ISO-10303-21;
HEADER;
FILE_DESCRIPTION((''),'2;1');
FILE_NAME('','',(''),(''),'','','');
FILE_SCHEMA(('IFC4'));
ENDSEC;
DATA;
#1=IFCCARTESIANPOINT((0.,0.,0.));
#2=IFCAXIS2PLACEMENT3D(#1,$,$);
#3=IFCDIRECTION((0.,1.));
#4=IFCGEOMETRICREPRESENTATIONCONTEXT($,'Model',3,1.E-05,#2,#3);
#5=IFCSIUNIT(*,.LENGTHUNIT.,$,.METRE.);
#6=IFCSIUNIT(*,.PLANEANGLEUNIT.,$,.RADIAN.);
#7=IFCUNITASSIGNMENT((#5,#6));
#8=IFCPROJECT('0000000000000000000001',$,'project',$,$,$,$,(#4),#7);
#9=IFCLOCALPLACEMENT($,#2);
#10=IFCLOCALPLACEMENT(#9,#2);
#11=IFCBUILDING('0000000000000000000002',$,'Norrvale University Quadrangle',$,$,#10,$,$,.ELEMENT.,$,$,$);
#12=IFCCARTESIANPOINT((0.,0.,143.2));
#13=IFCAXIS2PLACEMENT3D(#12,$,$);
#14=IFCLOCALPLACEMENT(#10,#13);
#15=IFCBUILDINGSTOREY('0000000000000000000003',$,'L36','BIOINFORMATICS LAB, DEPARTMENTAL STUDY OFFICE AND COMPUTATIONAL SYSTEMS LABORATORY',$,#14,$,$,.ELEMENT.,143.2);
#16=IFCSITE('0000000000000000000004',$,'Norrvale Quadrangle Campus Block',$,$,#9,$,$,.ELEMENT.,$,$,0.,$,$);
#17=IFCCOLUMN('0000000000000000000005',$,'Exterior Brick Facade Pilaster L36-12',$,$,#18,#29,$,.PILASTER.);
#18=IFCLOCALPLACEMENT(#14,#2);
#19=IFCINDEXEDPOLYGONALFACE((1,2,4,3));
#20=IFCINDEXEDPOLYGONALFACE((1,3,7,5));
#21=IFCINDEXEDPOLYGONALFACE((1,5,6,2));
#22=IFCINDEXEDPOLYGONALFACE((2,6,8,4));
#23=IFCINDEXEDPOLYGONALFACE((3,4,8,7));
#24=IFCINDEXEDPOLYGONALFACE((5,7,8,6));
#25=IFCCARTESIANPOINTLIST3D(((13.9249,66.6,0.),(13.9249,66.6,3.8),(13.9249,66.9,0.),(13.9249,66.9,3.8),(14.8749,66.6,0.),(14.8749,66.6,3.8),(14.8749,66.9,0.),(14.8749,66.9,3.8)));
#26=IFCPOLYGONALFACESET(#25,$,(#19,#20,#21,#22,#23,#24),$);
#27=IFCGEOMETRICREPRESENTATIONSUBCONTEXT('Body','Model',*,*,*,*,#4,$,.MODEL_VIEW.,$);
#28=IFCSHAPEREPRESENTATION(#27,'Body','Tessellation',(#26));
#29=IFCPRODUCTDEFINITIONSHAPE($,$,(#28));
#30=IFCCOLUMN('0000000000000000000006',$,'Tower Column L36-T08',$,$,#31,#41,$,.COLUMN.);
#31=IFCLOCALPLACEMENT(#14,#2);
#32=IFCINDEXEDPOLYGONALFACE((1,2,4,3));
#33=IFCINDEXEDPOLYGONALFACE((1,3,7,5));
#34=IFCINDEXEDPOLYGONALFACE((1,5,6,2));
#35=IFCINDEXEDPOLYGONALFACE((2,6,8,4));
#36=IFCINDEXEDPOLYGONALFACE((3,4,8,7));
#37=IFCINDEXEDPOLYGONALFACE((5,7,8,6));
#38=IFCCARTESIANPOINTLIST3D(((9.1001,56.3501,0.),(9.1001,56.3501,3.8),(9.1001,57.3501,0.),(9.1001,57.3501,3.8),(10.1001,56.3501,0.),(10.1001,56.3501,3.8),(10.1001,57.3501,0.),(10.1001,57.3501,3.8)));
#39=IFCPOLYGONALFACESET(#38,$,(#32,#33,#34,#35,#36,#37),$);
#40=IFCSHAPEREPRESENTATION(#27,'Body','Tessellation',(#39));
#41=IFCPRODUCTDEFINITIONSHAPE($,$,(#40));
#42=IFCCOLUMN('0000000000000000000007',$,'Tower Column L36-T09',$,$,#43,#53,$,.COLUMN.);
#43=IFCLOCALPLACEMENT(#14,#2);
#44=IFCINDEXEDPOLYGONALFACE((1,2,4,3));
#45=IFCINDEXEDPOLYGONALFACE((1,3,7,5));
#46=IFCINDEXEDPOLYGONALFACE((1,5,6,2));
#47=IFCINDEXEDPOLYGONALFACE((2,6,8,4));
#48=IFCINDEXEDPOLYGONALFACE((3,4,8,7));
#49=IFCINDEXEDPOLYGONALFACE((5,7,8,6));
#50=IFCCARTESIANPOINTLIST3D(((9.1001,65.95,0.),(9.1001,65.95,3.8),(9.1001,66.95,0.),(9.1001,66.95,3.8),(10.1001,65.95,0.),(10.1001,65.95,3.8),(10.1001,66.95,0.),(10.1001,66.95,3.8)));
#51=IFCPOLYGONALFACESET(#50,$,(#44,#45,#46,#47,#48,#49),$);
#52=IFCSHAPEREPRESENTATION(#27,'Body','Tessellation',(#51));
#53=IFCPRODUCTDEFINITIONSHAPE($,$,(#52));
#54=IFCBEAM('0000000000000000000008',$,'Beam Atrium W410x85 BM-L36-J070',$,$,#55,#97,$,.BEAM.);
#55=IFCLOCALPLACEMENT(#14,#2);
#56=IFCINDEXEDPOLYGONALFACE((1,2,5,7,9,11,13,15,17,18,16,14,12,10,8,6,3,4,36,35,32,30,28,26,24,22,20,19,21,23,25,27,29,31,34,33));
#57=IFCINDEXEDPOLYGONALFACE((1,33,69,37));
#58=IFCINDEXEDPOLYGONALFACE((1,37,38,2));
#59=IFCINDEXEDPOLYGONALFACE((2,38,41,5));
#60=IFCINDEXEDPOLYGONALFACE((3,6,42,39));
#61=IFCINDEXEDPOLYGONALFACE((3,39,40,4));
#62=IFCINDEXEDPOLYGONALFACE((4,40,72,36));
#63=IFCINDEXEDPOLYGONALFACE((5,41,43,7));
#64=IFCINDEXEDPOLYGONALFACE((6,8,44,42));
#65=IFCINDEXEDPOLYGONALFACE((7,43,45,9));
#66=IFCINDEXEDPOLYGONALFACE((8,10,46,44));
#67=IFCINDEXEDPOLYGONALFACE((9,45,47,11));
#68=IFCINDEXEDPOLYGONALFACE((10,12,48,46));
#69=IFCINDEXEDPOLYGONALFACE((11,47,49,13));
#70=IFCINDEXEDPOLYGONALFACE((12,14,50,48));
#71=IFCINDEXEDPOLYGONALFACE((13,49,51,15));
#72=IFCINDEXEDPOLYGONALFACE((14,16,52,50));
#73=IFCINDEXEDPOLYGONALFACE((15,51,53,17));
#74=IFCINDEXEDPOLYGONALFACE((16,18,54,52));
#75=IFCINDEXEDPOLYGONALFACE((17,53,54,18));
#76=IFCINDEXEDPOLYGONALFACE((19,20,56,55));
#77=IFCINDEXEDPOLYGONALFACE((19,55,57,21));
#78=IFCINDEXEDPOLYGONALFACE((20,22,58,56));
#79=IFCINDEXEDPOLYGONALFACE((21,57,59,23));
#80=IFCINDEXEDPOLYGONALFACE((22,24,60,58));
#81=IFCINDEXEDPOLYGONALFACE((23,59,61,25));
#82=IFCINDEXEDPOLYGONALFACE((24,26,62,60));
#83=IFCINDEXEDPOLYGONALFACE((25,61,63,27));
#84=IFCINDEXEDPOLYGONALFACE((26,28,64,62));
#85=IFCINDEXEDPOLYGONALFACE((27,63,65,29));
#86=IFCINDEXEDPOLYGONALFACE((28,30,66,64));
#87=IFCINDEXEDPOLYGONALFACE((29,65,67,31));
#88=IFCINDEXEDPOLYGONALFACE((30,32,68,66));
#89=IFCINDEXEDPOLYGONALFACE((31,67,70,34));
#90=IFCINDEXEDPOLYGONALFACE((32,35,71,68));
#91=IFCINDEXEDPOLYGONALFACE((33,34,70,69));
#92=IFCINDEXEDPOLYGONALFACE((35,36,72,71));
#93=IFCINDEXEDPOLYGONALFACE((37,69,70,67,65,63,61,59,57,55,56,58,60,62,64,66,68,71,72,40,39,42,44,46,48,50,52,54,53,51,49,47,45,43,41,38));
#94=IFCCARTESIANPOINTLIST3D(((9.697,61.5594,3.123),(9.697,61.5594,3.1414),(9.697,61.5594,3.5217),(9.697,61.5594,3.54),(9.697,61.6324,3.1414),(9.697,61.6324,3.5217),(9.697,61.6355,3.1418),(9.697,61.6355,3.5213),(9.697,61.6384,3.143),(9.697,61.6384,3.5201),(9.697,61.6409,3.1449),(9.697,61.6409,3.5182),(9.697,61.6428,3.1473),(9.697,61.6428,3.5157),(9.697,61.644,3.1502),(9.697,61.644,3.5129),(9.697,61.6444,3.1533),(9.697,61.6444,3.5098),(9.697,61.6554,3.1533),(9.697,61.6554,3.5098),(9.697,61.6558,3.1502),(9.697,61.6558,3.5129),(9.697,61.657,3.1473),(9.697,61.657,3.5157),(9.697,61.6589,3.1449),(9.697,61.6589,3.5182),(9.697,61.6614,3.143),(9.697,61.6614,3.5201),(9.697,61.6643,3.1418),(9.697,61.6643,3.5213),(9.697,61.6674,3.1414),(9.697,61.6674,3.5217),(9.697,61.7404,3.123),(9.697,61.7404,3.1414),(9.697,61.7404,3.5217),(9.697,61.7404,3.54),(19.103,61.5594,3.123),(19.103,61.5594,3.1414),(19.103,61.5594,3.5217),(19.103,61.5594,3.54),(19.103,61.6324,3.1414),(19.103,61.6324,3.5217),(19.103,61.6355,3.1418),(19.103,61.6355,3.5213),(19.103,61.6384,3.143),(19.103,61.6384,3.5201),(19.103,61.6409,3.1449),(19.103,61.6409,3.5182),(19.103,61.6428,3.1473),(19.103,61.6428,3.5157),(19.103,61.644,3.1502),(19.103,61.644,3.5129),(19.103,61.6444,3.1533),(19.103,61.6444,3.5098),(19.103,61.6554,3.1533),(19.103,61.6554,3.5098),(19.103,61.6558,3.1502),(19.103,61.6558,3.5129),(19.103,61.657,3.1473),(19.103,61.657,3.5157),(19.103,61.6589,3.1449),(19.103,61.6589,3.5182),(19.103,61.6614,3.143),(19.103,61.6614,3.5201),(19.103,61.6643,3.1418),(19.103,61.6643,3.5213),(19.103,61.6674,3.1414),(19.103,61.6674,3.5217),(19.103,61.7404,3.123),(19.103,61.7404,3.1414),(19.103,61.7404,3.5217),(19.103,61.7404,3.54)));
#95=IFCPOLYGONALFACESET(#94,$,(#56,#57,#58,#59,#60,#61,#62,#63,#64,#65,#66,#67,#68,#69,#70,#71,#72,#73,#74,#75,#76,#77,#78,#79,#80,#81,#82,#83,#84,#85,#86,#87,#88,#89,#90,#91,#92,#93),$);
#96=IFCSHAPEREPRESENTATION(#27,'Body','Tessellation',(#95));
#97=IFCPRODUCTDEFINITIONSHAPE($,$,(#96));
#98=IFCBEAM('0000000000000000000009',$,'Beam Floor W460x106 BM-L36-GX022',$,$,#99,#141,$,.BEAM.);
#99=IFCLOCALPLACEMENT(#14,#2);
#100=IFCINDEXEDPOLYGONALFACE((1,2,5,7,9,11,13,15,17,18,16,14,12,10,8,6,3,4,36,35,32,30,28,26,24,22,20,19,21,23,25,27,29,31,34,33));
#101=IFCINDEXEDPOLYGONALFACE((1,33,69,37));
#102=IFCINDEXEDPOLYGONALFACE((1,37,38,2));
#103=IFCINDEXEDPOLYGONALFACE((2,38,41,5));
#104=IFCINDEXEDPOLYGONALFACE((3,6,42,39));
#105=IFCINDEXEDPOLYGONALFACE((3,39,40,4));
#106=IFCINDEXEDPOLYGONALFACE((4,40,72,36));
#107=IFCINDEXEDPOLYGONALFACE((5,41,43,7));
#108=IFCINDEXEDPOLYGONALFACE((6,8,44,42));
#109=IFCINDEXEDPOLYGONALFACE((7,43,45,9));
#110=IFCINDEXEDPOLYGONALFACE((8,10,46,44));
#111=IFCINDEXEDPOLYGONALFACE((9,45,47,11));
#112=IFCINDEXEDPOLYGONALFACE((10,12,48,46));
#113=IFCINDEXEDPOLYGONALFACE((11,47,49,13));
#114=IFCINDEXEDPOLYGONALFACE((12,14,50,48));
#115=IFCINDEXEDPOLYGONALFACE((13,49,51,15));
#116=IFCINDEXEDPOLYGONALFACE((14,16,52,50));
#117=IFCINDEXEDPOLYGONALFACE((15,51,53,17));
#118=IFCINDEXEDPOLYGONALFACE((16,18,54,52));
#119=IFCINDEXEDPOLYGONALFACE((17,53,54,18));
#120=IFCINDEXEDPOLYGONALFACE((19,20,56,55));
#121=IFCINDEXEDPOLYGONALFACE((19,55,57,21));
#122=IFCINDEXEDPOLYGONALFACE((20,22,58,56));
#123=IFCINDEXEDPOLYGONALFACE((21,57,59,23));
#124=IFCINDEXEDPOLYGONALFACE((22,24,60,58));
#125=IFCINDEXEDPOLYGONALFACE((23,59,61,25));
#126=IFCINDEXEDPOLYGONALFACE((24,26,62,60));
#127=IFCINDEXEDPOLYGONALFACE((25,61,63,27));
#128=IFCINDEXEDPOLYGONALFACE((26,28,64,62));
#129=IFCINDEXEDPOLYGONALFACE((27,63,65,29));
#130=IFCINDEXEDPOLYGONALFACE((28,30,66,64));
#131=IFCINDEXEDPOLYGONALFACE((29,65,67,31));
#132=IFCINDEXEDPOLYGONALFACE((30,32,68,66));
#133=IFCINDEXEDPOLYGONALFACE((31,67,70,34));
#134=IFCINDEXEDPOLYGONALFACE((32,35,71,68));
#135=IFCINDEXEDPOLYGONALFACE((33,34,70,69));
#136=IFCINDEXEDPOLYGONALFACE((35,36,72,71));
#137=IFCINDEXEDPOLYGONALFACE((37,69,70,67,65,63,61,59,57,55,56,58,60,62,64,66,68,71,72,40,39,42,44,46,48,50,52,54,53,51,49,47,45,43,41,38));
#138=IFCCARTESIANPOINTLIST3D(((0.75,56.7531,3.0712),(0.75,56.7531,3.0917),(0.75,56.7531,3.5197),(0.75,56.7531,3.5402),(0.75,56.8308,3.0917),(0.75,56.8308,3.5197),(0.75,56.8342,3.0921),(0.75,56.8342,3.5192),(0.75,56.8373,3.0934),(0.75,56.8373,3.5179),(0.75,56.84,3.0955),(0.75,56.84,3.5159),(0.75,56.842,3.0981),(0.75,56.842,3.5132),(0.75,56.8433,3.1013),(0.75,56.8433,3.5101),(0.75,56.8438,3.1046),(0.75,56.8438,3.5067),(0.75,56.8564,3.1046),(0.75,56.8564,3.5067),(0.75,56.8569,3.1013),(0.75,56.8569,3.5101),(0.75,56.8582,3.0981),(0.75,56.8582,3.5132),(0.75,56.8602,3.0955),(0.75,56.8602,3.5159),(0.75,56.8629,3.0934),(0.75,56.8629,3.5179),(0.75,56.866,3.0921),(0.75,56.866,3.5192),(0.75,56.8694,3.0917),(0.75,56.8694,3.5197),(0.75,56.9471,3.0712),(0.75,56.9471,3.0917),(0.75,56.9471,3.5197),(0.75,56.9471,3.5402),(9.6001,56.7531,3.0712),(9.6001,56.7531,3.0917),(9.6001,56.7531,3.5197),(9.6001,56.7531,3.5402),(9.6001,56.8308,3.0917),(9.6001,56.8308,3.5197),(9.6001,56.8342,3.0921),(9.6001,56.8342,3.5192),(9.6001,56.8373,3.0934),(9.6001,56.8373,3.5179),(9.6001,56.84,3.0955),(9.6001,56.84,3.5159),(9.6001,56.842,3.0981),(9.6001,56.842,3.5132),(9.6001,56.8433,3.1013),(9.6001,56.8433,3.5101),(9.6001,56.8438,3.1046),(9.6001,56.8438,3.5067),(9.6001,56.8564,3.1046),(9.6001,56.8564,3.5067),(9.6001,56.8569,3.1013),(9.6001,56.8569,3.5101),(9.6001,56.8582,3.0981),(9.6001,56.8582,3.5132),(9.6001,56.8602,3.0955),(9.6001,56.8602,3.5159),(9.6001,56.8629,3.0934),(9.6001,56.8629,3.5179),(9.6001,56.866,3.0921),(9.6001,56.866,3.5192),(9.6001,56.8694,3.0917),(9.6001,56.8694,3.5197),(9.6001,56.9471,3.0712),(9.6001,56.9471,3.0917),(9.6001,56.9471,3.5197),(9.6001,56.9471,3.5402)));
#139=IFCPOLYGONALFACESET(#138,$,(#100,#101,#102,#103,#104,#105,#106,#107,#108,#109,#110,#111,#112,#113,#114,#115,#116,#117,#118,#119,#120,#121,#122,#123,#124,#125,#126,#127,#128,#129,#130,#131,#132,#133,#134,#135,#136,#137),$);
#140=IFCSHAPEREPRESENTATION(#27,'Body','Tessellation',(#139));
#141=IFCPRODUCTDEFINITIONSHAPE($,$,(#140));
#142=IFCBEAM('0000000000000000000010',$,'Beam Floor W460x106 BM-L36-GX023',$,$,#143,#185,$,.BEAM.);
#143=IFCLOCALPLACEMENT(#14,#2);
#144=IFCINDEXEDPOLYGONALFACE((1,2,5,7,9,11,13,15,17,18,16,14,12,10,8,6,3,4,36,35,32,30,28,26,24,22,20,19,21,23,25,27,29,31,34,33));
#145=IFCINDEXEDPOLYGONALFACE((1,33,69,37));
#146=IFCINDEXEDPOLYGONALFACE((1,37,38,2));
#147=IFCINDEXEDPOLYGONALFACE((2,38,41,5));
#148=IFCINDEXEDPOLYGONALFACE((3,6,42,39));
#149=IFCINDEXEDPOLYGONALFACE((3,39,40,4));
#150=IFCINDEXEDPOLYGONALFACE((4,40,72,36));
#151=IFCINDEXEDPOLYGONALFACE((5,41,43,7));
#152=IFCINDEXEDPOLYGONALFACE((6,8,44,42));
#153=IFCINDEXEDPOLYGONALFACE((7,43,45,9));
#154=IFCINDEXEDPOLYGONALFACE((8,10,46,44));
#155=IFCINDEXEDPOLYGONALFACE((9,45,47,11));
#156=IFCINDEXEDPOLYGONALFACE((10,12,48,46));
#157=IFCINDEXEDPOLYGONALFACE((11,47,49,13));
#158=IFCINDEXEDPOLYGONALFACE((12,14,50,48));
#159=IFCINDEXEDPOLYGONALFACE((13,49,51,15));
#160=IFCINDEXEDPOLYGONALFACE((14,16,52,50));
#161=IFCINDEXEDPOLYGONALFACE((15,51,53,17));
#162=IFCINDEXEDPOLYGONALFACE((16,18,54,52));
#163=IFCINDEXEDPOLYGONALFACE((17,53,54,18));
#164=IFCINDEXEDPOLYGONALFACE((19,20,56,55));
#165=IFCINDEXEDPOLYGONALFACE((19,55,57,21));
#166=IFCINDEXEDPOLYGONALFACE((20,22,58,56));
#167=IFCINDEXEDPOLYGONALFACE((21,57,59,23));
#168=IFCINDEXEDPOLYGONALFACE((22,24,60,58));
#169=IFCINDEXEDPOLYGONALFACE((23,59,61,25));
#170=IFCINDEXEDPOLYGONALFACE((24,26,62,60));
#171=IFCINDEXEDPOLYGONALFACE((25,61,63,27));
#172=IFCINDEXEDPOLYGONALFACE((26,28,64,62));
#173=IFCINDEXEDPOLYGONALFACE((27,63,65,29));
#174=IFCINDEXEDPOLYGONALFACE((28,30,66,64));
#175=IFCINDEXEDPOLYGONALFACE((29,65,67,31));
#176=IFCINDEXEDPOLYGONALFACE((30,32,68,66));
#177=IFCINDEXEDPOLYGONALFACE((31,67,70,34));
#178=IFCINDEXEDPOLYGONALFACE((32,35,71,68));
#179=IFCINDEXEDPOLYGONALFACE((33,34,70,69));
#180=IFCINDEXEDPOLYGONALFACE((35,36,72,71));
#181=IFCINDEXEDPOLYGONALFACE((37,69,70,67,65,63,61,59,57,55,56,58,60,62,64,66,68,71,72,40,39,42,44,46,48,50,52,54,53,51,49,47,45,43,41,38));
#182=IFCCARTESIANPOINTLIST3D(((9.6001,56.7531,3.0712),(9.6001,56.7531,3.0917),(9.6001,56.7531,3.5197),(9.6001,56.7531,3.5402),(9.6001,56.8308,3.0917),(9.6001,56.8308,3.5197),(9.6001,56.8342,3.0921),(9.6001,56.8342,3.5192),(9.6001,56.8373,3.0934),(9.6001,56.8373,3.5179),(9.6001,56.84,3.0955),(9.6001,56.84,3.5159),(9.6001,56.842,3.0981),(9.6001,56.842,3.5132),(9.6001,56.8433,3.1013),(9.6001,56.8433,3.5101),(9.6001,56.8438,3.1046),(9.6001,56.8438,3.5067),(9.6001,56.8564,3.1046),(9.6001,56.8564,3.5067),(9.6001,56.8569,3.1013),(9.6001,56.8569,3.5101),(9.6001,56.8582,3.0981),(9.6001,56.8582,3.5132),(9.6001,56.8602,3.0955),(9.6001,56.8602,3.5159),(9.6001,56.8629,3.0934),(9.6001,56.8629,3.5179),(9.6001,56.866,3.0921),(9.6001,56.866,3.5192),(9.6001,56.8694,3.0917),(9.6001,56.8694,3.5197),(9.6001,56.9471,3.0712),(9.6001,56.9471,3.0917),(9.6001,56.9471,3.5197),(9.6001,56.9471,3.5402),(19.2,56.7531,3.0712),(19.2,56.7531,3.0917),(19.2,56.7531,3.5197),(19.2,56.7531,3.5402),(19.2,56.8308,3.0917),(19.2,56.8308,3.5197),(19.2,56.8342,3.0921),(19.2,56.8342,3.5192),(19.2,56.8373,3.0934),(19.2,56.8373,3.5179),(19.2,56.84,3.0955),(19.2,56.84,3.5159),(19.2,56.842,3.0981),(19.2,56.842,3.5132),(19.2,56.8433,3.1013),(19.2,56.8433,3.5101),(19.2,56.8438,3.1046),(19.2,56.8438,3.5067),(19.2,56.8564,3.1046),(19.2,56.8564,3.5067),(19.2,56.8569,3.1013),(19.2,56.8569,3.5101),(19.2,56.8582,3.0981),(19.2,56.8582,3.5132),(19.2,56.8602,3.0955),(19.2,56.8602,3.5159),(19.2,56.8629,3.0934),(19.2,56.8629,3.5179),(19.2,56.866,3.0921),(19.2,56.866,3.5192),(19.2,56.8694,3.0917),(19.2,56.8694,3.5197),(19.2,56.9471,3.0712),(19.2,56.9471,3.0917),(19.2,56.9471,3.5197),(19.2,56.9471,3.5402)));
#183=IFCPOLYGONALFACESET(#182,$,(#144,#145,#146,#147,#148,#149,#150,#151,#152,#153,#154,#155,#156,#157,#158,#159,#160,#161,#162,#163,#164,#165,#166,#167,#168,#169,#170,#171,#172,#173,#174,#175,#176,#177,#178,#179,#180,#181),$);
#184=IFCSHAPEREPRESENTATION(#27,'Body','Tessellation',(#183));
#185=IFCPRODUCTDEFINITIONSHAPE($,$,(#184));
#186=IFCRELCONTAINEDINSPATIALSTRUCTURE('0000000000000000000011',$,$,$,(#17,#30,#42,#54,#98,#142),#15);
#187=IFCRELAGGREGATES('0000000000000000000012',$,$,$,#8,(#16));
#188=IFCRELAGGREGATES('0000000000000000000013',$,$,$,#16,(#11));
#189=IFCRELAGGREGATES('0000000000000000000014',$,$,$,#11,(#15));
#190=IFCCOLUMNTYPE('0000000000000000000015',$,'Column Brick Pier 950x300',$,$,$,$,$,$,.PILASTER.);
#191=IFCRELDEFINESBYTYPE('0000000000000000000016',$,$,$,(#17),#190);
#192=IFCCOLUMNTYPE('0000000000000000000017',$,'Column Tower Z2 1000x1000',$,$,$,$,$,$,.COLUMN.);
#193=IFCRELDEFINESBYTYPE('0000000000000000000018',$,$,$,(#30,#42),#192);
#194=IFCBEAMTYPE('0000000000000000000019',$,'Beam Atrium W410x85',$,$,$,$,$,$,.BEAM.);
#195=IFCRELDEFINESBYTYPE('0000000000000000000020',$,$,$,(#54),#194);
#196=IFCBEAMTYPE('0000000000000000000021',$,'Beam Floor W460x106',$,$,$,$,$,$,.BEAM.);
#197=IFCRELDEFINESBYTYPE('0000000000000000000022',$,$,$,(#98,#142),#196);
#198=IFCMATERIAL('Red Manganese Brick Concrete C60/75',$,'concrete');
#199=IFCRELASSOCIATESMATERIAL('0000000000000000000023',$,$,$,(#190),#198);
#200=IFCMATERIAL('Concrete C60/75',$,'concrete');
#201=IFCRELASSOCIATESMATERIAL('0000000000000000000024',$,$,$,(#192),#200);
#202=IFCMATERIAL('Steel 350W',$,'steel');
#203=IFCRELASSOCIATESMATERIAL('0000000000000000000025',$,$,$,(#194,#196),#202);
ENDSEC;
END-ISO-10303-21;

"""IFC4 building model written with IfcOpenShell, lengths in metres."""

from ifc_helpers import new_model, si_unit, direction, frame, origin, origin_2d, place, context, subcontext, project, spatial, rectangle, i_section, extrude, material, material_profile, profile_set, type_object, element, save


model = new_model("IFC4")

# Units and contexts
model_context = context("Model", 3, precision=1e-05, world=origin(), true_north=direction((0.0, 1.0)))
body_context = subcontext(model_context, "Body", "Model", "MODEL_VIEW")
ifc_project = project(units=[si_unit("LENGTHUNIT", "METRE"), si_unit("PLANEANGLEUNIT", "RADIAN")], contexts=[model_context])

# Site, building, storey
site_placement = place(None, origin())
site = spatial("IfcSite", under=ifc_project, at=site_placement, Name="Norrvale Quadrangle Campus Block", CompositionType="ELEMENT", RefElevation=0.0)
building_placement = place(site_placement, origin())
building = spatial("IfcBuilding", under=site, at=building_placement, Name="Norrvale University Quadrangle", CompositionType="ELEMENT")
storey_placement = place(building_placement, frame((0.0, 0.0, 143.2)))
storey = spatial("IfcBuildingStorey", under=building, at=storey_placement, Name="L36", Description="BIOINFORMATICS LAB, DEPARTMENTAL STUDY OFFICE AND COMPUTATIONAL SYSTEMS LABORATORY", CompositionType="ELEMENT", Elevation=143.2)

# Columns
ifc_material_1 = material(Name="Red Manganese Brick Concrete C60/75", Category="concrete")
ifc_material_profile_1 = material_profile(ifc_material_1, rectangle(XDim=0.95, YDim=0.3, at=origin_2d()), Name="Red Manganese Brick Concrete C60/75")
ifc_profile_set_1 = profile_set([ifc_material_profile_1], Name="Red Manganese Brick Concrete C60/75")
column_type_1 = type_object("IfcColumnType", Name="Column Brick Pier 950x300", PredefinedType="PILASTER", material=ifc_profile_set_1)
column_placement = place(storey_placement, frame((14.3999, 66.75, 0.0), z_axis=(0.0, 0.0, 1.0), x_axis=(1.0, 0.0, 0.0)))
element("IfcColumn", 1, at=column_placement, inside=storey, type_object=column_type_1, Name="Exterior Brick Facade Pilaster L36-12", PredefinedType="PILASTER", context=body_context, shape_type="SweptSolid", body=[
    extrude(rectangle(XDim=0.95, YDim=0.3, at=origin_2d()), origin(), (0.0, 0.0, 1.0), 3.8),
])
ifc_material_2 = material(Name="Concrete C60/75", Category="concrete")
ifc_material_profile_2 = material_profile(ifc_material_2, rectangle(XDim=1.0, YDim=1.0, at=origin_2d()), Name="Concrete C60/75")
ifc_profile_set_2 = profile_set([ifc_material_profile_2], Name="Concrete C60/75")
column_type_2 = type_object("IfcColumnType", Name="Column Tower Z2 1000x1000", PredefinedType="COLUMN", material=ifc_profile_set_2)
for number, where, z_axis, x_axis, name in (
    (2, (9.6001, 56.8501, 0.0), (0.0, 0.0, 1.0), (1.0, 0.0, 0.0), "Tower Column L36-T08"),
    (3, (9.6001, 66.45, 0.0), (0.0, 0.0, 1.0), (1.0, 0.0, 0.0), "Tower Column L36-T09"),
):
    element("IfcColumn", number, at=place(storey_placement, frame(where, z_axis=z_axis, x_axis=x_axis)), inside=storey, type_object=column_type_2, Name=name, PredefinedType="COLUMN", context=body_context, shape_type="SweptSolid", body=[
        extrude(rectangle(XDim=1.0, YDim=1.0, at=origin_2d()), origin(), (0.0, 0.0, 1.0), 3.8),
    ])

# Beams
ifc_material_3 = material(Name="Steel 350W", Category="steel")
ifc_material_profile_3 = material_profile(ifc_material_3, i_section(OverallWidth=0.1809, OverallDepth=0.417, WebThickness=0.011, FlangeThickness=0.0183, FilletRadius=0.012, at=origin_2d()), Name="Steel 350W")
ifc_profile_set_3 = profile_set([ifc_material_profile_3], Name="Steel 350W")
beam_type_1 = type_object("IfcBeamType", Name="Beam Atrium W410x85", PredefinedType="BEAM", material=ifc_profile_set_3)
beam_1_placement = place(storey_placement, frame((9.697, 61.6499, 3.3315), z_axis=(1.0, 0.0, 0.0), x_axis=(0.0, 1.0, 0.0)))
element("IfcBeam", 4, at=beam_1_placement, inside=storey, type_object=beam_type_1, Name="Beam Atrium W410x85 BM-L36-J070", PredefinedType="BEAM", context=body_context, shape_type="SweptSolid", body=[
    extrude(i_section(OverallWidth=0.1809, OverallDepth=0.417, WebThickness=0.011, FlangeThickness=0.0183, FilletRadius=0.012, at=origin_2d()), origin(), (0.0, 0.0, 1.0), 9.406),
])
ifc_material_profile_4 = material_profile(ifc_material_3, i_section(OverallWidth=0.1941, OverallDepth=0.469, WebThickness=0.0127, FlangeThickness=0.0205, FilletRadius=0.0129, at=origin_2d()), Name="Steel 350W")
ifc_profile_set_4 = profile_set([ifc_material_profile_4], Name="Steel 350W")
beam_type_2 = type_object("IfcBeamType", Name="Beam Floor W460x106", PredefinedType="BEAM", material=ifc_profile_set_4)
beam_2_placement = place(storey_placement, frame((0.75, 56.8501, 3.3057), z_axis=(1.0, 0.0, 0.0), x_axis=(0.0, 1.0, 0.0)))
element("IfcBeam", 5, at=beam_2_placement, inside=storey, type_object=beam_type_2, Name="Beam Floor W460x106 BM-L36-GX022", PredefinedType="BEAM", context=body_context, shape_type="SweptSolid", body=[
    extrude(i_section(OverallWidth=0.1941, OverallDepth=0.469, WebThickness=0.0127, FlangeThickness=0.0205, FilletRadius=0.0129, at=origin_2d()), origin(), (0.0, 0.0, 1.0), 8.8501),
])
for number, where, z_axis, x_axis, name in (
    (6, (9.6001, 56.8501, 3.3057), (1.0, 0.0, 0.0), (0.0, 1.0, 0.0), "Beam Floor W460x106 BM-L36-GX023"),
):
    element("IfcBeam", number, at=place(storey_placement, frame(where, z_axis=z_axis, x_axis=x_axis)), inside=storey, type_object=beam_type_2, Name=name, PredefinedType="BEAM", context=body_context, shape_type="SweptSolid", body=[
        extrude(i_section(OverallWidth=0.1941, OverallDepth=0.469, WebThickness=0.0127, FlangeThickness=0.0205, FilletRadius=0.0129, at=origin_2d()), origin(), (0.0, 0.0, 1.0), 9.5999),
    ])

save(model, "model.ifc")
